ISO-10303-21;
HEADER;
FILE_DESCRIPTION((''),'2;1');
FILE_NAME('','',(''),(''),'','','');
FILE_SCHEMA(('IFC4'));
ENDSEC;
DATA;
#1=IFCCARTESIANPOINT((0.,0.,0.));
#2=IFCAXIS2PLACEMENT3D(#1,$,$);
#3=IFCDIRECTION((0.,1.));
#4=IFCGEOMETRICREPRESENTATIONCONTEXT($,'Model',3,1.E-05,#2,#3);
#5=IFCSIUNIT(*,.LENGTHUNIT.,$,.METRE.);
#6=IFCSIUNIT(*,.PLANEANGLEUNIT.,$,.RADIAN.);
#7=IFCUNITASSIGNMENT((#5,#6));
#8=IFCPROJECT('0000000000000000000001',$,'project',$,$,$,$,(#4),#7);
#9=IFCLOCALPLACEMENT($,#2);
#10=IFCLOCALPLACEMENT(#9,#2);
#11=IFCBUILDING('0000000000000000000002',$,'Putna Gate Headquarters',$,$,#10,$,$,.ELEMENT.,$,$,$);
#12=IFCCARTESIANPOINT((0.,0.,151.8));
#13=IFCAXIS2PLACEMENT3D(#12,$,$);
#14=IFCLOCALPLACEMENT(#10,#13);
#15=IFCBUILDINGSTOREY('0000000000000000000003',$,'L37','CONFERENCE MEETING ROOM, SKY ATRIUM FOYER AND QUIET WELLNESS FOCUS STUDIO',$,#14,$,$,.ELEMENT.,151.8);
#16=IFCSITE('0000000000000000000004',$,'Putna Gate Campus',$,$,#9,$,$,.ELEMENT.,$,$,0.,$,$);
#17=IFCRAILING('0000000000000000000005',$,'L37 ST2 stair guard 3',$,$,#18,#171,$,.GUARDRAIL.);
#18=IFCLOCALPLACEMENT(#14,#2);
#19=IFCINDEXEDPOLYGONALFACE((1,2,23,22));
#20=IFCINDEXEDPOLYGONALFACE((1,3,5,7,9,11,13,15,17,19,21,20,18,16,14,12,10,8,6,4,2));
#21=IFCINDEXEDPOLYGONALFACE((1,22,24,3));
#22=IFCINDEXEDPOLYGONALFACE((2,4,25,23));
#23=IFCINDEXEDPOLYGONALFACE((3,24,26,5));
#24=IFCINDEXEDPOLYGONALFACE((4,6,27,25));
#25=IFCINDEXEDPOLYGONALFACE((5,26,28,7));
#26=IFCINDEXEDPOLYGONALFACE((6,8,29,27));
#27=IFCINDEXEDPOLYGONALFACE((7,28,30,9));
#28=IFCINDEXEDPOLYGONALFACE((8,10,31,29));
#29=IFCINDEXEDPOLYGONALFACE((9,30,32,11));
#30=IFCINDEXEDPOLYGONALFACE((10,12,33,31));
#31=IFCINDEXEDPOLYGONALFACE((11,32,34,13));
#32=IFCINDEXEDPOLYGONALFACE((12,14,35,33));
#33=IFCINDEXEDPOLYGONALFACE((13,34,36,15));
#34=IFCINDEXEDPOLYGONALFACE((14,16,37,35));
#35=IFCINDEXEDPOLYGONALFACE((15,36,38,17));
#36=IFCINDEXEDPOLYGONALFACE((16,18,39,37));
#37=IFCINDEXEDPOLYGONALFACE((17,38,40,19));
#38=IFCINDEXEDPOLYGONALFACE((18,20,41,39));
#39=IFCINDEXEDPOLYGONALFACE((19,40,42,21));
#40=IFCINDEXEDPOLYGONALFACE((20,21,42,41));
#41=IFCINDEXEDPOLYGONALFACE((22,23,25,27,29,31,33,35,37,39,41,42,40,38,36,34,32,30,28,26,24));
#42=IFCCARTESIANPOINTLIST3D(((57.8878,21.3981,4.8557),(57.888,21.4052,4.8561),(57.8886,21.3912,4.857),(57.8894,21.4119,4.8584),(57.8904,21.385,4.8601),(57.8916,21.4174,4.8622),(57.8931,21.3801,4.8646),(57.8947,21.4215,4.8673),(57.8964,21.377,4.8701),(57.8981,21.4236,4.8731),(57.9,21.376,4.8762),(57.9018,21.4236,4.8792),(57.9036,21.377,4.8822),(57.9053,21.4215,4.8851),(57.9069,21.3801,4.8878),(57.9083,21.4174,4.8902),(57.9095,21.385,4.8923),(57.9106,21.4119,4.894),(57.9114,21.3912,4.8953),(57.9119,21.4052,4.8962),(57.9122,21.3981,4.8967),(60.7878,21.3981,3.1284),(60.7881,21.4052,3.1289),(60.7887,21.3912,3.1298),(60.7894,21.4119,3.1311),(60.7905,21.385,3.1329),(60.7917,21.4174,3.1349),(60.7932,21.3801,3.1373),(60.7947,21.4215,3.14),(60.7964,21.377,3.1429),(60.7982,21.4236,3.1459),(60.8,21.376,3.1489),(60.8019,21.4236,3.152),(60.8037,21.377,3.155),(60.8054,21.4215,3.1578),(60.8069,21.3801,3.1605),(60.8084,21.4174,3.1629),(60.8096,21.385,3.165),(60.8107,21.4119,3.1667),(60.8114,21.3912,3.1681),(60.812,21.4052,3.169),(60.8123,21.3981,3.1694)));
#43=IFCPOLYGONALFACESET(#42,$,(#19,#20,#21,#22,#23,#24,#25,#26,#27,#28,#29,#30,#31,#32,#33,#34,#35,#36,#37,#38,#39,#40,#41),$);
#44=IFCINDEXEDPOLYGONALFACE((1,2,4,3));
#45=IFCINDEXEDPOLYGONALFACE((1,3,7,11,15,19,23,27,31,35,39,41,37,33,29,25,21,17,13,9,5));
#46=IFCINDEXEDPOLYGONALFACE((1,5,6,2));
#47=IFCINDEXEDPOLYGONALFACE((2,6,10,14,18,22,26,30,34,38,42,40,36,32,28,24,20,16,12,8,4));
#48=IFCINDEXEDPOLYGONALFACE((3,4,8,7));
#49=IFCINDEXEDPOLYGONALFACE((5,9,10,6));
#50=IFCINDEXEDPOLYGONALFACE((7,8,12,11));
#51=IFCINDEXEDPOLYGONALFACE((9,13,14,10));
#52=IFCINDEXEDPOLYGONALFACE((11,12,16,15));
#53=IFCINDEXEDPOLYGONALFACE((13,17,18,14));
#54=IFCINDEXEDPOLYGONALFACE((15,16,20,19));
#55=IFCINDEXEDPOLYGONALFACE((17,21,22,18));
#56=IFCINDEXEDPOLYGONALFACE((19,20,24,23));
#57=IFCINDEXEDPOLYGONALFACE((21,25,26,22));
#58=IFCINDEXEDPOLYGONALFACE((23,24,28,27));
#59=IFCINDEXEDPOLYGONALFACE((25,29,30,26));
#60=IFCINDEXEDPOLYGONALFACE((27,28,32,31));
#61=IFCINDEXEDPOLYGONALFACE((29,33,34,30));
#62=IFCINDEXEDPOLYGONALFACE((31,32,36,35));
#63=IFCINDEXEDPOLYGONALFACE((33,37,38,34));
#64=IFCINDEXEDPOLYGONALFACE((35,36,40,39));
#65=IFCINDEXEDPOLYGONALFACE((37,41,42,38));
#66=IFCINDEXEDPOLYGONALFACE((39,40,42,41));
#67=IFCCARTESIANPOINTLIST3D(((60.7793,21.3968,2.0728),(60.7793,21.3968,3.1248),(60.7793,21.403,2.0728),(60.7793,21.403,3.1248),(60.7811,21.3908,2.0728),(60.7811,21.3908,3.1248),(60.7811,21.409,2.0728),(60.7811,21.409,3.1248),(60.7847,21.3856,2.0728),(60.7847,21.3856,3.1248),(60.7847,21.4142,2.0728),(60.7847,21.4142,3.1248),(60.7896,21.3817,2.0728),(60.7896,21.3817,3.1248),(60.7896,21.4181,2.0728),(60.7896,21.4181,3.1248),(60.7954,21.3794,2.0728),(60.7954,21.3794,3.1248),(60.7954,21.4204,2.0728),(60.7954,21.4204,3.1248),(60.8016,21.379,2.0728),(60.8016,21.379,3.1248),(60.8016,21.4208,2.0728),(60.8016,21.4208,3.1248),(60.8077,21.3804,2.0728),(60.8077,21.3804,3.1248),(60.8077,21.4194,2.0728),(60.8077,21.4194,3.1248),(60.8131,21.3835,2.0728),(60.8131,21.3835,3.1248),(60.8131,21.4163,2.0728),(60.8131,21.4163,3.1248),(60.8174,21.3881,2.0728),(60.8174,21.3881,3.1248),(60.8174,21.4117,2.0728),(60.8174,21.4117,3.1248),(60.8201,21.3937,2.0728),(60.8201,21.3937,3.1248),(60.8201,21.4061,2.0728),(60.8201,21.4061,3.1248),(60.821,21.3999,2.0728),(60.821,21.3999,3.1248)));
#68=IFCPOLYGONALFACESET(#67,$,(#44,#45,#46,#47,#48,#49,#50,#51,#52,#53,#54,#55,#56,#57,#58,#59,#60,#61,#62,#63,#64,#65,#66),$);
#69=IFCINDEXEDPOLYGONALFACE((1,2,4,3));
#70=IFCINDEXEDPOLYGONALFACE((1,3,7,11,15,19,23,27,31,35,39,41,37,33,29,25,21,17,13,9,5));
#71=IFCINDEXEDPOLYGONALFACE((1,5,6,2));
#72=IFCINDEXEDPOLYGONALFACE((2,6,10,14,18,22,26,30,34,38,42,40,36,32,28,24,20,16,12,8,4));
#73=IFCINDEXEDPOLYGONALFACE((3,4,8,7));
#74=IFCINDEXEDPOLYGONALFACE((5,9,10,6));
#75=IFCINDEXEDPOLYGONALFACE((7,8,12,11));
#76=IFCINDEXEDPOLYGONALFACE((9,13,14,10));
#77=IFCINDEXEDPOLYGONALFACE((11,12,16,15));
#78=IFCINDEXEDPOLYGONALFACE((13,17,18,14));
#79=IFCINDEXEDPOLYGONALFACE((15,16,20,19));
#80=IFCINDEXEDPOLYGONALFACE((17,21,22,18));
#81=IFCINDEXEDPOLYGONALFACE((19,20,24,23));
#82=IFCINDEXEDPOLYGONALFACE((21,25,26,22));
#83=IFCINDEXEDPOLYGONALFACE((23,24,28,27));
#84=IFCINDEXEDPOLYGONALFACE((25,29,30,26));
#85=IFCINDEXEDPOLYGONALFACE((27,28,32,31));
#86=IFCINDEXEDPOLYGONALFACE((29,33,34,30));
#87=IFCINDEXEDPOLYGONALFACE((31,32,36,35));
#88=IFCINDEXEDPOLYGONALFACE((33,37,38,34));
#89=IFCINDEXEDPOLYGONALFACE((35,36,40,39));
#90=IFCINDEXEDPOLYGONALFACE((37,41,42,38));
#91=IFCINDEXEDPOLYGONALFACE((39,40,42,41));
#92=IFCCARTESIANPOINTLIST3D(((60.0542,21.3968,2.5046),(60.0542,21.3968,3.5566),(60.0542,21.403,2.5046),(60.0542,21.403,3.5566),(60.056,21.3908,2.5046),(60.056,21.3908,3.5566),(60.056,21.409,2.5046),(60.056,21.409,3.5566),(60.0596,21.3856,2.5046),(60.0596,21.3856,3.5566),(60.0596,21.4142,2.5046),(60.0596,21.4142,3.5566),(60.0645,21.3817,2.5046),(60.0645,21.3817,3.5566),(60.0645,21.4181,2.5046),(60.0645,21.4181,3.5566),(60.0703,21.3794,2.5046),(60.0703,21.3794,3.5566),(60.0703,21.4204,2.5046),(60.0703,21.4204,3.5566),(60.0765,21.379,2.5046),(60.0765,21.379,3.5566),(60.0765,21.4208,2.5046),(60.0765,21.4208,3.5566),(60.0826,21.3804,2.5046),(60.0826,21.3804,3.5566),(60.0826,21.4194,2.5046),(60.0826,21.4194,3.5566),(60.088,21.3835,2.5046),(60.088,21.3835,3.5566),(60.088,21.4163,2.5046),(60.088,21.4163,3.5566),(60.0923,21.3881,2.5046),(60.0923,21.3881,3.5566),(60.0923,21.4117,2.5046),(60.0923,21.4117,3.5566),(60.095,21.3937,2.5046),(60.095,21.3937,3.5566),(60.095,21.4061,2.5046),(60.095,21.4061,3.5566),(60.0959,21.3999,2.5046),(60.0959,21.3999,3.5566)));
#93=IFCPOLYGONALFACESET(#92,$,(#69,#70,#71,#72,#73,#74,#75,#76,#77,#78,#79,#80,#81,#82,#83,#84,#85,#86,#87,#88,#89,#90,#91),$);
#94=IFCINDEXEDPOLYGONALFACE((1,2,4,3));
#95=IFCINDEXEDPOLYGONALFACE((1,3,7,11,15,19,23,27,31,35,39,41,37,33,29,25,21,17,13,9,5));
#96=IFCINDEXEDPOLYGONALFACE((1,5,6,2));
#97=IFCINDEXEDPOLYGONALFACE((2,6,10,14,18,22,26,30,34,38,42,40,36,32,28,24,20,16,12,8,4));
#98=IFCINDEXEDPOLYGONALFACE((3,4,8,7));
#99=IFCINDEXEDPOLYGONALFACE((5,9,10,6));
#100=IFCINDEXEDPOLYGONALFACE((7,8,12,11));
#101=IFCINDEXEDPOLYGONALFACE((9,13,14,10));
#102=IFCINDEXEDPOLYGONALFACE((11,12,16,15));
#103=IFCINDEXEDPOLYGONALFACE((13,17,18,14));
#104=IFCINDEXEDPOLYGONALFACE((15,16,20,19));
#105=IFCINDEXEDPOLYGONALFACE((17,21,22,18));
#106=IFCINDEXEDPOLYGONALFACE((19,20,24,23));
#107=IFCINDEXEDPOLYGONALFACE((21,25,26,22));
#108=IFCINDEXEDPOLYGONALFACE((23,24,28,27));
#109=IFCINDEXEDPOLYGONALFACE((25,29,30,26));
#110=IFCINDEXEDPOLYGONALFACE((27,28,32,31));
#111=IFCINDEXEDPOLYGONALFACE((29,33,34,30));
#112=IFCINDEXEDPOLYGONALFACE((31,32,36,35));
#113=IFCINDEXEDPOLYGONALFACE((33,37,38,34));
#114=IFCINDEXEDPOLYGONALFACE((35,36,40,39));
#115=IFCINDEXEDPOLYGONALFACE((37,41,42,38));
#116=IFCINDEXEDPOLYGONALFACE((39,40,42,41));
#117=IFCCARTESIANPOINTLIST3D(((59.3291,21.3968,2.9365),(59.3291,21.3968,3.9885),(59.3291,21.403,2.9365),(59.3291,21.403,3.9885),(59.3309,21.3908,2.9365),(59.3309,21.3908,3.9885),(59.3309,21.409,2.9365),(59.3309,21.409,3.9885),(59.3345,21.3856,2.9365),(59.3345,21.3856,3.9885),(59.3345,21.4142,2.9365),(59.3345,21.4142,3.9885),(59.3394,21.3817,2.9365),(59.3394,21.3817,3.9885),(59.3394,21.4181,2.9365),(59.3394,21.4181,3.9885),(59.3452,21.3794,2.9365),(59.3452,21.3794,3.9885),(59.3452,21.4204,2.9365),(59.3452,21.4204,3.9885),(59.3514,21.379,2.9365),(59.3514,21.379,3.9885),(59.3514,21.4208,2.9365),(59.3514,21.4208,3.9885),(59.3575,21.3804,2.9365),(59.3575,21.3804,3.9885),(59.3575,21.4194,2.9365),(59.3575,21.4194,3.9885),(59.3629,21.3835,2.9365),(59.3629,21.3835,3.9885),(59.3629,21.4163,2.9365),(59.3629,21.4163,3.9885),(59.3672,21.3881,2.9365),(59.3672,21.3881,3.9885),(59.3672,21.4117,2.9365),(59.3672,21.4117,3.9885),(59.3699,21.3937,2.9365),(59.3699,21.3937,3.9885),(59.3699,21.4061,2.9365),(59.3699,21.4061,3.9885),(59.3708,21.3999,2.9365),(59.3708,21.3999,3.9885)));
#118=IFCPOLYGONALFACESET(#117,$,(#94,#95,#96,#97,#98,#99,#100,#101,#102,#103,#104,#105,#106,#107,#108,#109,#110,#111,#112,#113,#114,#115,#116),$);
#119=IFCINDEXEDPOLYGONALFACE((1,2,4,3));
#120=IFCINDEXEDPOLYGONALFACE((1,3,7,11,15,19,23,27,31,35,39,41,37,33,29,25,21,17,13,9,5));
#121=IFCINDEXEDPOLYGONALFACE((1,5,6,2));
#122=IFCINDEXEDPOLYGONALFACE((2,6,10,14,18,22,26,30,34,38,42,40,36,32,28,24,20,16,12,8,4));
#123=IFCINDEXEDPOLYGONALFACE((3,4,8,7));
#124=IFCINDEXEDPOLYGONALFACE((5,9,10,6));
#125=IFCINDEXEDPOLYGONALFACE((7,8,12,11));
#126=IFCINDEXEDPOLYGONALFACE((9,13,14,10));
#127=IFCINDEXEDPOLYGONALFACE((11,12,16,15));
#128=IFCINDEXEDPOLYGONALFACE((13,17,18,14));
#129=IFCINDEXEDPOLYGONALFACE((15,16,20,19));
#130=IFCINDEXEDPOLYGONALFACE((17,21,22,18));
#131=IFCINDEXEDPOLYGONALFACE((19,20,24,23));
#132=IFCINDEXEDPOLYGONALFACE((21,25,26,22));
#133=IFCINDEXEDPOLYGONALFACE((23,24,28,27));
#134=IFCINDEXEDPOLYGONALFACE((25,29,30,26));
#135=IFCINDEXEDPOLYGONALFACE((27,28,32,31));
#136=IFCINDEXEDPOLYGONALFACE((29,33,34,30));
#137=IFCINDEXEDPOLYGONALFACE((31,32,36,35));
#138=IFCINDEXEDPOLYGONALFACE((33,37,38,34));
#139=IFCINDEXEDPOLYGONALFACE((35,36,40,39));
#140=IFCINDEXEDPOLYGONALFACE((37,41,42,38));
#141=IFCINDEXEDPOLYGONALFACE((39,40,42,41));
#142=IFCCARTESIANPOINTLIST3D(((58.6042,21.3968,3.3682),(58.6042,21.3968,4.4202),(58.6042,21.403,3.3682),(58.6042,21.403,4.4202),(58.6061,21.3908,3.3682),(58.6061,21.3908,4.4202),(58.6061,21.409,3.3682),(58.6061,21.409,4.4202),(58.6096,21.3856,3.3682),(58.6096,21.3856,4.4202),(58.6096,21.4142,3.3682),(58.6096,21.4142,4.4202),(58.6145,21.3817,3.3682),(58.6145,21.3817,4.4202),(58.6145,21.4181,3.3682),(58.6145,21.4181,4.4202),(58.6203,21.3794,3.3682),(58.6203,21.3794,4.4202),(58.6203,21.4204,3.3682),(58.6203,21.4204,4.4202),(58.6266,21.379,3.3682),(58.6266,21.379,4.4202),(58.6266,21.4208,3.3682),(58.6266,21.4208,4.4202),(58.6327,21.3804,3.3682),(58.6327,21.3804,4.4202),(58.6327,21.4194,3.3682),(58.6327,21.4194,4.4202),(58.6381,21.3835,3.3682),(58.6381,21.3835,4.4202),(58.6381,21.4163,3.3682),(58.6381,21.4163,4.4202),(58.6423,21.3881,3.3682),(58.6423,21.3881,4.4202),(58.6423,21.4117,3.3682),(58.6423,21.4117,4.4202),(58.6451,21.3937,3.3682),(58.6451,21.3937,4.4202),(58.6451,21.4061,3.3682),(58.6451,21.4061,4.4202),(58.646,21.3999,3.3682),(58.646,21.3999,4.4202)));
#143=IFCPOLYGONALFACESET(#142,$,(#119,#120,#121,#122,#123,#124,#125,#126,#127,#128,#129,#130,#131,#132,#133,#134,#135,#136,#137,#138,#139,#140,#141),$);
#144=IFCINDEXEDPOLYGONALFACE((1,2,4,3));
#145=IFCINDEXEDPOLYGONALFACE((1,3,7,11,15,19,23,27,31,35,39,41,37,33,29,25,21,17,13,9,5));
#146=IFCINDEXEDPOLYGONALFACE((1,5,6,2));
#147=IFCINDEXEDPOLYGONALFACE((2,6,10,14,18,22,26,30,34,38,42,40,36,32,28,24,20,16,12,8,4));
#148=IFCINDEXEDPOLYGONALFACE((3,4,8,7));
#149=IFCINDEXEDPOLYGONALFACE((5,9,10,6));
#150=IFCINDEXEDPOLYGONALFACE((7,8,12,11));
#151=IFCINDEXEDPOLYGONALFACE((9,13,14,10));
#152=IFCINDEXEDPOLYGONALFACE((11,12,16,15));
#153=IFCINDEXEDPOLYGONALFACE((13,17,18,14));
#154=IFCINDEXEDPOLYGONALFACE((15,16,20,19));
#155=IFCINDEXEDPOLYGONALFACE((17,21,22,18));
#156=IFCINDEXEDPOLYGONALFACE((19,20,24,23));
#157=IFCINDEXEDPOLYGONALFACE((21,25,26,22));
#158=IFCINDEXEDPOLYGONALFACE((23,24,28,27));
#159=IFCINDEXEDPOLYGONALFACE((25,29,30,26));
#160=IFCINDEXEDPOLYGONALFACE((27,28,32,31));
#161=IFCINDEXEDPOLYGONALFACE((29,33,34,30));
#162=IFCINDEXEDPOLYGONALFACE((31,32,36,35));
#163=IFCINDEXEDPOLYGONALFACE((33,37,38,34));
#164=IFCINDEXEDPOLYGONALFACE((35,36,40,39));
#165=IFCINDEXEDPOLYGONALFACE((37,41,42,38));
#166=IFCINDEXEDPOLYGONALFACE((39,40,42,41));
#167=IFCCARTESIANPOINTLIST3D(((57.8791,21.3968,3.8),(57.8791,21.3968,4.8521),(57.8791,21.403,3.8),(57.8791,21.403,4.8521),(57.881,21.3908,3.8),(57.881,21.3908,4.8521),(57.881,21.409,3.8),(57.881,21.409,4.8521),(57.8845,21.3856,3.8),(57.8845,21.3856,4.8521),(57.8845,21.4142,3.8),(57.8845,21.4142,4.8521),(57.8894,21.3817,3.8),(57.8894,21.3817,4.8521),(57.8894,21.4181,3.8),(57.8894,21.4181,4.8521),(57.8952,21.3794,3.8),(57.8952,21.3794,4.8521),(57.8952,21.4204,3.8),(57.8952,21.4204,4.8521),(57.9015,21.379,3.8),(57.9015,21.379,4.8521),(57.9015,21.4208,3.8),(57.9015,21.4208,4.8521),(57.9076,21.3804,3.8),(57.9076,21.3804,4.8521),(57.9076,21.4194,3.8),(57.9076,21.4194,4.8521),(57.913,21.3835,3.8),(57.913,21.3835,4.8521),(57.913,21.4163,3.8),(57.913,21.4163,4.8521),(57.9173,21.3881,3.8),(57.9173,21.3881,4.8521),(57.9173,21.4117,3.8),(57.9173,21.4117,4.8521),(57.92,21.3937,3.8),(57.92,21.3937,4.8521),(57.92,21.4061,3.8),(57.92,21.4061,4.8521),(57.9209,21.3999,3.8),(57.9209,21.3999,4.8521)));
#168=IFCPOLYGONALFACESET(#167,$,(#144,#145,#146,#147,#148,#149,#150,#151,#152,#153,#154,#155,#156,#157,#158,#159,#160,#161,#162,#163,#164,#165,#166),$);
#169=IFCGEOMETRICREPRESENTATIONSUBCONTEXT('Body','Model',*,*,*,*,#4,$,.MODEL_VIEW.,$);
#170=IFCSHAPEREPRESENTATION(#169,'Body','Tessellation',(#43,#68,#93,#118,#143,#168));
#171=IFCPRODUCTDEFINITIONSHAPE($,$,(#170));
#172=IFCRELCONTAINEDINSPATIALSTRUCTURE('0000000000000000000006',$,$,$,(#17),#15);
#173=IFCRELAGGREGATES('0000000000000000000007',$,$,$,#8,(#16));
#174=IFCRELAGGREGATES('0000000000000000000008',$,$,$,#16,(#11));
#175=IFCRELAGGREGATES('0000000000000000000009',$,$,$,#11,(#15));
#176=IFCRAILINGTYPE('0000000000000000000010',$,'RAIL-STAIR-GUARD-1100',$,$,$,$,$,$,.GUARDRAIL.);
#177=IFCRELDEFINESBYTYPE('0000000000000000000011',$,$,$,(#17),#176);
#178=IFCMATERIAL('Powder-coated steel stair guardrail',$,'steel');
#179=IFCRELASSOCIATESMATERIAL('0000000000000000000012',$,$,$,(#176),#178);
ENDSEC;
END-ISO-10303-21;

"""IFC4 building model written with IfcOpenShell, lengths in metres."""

from ifc_helpers import new_model, si_unit, direction, frame, origin, origin_2d, place, context, subcontext, project, spatial, circle, extrude, material, type_object, element, save


model = new_model("IFC4")

# Units and contexts
model_context = context("Model", 3, precision=1e-05, world=origin(), true_north=direction((0.0, 1.0)))
body_context = subcontext(model_context, "Body", "Model", "MODEL_VIEW")
ifc_project = project(units=[si_unit("LENGTHUNIT", "METRE"), si_unit("PLANEANGLEUNIT", "RADIAN")], contexts=[model_context])

# Site, building, storey
site_placement = place(None, origin())
site = spatial("IfcSite", under=ifc_project, at=site_placement, Name="Putna Gate Campus", CompositionType="ELEMENT", RefElevation=0.0)
building_placement = place(site_placement, origin())
building = spatial("IfcBuilding", under=site, at=building_placement, Name="Putna Gate Headquarters", CompositionType="ELEMENT")
storey_placement = place(building_placement, frame((0.0, 0.0, 151.8)))
storey = spatial("IfcBuildingStorey", under=building, at=storey_placement, Name="L37", Description="CONFERENCE MEETING ROOM, SKY ATRIUM FOYER AND QUIET WELLNESS FOCUS STUDIO", CompositionType="ELEMENT", Elevation=151.8)

# Railing
ifc_material_1 = material(Name="Powder-coated steel stair guardrail", Category="steel")
railing_type_1 = type_object("IfcRailingType", Name="RAIL-STAIR-GUARD-1100", PredefinedType="GUARDRAIL", material=ifc_material_1)
railing_1_placement = place(storey_placement, frame((60.8, 21.3999, 2.0728)))
element("IfcRailing", 1, at=railing_1_placement, inside=storey, type_object=railing_type_1, Name="L37 ST2 stair guard 3", PredefinedType="GUARDRAIL", context=body_context, shape_type="SweptSolid", body=[
    extrude(circle(Radius=0.0239, at=origin_2d()), frame((0.0, 0.0, 1.0762), z_axis=(-0.85916, 0.0, 0.511706), x_axis=(0.0, -1.0, 0.0)), (0.0, 0.0, 1.0), 3.3755),
    extrude(circle(Radius=0.021, at=origin_2d()), origin(), (0.0, 0.0, 1.0), 1.052),
    extrude(circle(Radius=0.021, at=origin_2d()), frame((-0.7251, 0.0, 0.4319)), (0.0, 0.0, 1.0), 1.052),
    extrude(circle(Radius=0.021, at=origin_2d()), frame((-1.4502, 0.0, 0.8638)), (0.0, 0.0, 1.0), 1.052),
    extrude(circle(Radius=0.021, at=origin_2d()), frame((-2.175, 0.0, 1.2954)), (0.0, 0.0, 1.0), 1.052),
    extrude(circle(Radius=0.021, at=origin_2d()), frame((-2.9001, 0.0, 1.7273)), (0.0, 0.0, 1.0), 1.052),
])

save(model, "model.ifc")
